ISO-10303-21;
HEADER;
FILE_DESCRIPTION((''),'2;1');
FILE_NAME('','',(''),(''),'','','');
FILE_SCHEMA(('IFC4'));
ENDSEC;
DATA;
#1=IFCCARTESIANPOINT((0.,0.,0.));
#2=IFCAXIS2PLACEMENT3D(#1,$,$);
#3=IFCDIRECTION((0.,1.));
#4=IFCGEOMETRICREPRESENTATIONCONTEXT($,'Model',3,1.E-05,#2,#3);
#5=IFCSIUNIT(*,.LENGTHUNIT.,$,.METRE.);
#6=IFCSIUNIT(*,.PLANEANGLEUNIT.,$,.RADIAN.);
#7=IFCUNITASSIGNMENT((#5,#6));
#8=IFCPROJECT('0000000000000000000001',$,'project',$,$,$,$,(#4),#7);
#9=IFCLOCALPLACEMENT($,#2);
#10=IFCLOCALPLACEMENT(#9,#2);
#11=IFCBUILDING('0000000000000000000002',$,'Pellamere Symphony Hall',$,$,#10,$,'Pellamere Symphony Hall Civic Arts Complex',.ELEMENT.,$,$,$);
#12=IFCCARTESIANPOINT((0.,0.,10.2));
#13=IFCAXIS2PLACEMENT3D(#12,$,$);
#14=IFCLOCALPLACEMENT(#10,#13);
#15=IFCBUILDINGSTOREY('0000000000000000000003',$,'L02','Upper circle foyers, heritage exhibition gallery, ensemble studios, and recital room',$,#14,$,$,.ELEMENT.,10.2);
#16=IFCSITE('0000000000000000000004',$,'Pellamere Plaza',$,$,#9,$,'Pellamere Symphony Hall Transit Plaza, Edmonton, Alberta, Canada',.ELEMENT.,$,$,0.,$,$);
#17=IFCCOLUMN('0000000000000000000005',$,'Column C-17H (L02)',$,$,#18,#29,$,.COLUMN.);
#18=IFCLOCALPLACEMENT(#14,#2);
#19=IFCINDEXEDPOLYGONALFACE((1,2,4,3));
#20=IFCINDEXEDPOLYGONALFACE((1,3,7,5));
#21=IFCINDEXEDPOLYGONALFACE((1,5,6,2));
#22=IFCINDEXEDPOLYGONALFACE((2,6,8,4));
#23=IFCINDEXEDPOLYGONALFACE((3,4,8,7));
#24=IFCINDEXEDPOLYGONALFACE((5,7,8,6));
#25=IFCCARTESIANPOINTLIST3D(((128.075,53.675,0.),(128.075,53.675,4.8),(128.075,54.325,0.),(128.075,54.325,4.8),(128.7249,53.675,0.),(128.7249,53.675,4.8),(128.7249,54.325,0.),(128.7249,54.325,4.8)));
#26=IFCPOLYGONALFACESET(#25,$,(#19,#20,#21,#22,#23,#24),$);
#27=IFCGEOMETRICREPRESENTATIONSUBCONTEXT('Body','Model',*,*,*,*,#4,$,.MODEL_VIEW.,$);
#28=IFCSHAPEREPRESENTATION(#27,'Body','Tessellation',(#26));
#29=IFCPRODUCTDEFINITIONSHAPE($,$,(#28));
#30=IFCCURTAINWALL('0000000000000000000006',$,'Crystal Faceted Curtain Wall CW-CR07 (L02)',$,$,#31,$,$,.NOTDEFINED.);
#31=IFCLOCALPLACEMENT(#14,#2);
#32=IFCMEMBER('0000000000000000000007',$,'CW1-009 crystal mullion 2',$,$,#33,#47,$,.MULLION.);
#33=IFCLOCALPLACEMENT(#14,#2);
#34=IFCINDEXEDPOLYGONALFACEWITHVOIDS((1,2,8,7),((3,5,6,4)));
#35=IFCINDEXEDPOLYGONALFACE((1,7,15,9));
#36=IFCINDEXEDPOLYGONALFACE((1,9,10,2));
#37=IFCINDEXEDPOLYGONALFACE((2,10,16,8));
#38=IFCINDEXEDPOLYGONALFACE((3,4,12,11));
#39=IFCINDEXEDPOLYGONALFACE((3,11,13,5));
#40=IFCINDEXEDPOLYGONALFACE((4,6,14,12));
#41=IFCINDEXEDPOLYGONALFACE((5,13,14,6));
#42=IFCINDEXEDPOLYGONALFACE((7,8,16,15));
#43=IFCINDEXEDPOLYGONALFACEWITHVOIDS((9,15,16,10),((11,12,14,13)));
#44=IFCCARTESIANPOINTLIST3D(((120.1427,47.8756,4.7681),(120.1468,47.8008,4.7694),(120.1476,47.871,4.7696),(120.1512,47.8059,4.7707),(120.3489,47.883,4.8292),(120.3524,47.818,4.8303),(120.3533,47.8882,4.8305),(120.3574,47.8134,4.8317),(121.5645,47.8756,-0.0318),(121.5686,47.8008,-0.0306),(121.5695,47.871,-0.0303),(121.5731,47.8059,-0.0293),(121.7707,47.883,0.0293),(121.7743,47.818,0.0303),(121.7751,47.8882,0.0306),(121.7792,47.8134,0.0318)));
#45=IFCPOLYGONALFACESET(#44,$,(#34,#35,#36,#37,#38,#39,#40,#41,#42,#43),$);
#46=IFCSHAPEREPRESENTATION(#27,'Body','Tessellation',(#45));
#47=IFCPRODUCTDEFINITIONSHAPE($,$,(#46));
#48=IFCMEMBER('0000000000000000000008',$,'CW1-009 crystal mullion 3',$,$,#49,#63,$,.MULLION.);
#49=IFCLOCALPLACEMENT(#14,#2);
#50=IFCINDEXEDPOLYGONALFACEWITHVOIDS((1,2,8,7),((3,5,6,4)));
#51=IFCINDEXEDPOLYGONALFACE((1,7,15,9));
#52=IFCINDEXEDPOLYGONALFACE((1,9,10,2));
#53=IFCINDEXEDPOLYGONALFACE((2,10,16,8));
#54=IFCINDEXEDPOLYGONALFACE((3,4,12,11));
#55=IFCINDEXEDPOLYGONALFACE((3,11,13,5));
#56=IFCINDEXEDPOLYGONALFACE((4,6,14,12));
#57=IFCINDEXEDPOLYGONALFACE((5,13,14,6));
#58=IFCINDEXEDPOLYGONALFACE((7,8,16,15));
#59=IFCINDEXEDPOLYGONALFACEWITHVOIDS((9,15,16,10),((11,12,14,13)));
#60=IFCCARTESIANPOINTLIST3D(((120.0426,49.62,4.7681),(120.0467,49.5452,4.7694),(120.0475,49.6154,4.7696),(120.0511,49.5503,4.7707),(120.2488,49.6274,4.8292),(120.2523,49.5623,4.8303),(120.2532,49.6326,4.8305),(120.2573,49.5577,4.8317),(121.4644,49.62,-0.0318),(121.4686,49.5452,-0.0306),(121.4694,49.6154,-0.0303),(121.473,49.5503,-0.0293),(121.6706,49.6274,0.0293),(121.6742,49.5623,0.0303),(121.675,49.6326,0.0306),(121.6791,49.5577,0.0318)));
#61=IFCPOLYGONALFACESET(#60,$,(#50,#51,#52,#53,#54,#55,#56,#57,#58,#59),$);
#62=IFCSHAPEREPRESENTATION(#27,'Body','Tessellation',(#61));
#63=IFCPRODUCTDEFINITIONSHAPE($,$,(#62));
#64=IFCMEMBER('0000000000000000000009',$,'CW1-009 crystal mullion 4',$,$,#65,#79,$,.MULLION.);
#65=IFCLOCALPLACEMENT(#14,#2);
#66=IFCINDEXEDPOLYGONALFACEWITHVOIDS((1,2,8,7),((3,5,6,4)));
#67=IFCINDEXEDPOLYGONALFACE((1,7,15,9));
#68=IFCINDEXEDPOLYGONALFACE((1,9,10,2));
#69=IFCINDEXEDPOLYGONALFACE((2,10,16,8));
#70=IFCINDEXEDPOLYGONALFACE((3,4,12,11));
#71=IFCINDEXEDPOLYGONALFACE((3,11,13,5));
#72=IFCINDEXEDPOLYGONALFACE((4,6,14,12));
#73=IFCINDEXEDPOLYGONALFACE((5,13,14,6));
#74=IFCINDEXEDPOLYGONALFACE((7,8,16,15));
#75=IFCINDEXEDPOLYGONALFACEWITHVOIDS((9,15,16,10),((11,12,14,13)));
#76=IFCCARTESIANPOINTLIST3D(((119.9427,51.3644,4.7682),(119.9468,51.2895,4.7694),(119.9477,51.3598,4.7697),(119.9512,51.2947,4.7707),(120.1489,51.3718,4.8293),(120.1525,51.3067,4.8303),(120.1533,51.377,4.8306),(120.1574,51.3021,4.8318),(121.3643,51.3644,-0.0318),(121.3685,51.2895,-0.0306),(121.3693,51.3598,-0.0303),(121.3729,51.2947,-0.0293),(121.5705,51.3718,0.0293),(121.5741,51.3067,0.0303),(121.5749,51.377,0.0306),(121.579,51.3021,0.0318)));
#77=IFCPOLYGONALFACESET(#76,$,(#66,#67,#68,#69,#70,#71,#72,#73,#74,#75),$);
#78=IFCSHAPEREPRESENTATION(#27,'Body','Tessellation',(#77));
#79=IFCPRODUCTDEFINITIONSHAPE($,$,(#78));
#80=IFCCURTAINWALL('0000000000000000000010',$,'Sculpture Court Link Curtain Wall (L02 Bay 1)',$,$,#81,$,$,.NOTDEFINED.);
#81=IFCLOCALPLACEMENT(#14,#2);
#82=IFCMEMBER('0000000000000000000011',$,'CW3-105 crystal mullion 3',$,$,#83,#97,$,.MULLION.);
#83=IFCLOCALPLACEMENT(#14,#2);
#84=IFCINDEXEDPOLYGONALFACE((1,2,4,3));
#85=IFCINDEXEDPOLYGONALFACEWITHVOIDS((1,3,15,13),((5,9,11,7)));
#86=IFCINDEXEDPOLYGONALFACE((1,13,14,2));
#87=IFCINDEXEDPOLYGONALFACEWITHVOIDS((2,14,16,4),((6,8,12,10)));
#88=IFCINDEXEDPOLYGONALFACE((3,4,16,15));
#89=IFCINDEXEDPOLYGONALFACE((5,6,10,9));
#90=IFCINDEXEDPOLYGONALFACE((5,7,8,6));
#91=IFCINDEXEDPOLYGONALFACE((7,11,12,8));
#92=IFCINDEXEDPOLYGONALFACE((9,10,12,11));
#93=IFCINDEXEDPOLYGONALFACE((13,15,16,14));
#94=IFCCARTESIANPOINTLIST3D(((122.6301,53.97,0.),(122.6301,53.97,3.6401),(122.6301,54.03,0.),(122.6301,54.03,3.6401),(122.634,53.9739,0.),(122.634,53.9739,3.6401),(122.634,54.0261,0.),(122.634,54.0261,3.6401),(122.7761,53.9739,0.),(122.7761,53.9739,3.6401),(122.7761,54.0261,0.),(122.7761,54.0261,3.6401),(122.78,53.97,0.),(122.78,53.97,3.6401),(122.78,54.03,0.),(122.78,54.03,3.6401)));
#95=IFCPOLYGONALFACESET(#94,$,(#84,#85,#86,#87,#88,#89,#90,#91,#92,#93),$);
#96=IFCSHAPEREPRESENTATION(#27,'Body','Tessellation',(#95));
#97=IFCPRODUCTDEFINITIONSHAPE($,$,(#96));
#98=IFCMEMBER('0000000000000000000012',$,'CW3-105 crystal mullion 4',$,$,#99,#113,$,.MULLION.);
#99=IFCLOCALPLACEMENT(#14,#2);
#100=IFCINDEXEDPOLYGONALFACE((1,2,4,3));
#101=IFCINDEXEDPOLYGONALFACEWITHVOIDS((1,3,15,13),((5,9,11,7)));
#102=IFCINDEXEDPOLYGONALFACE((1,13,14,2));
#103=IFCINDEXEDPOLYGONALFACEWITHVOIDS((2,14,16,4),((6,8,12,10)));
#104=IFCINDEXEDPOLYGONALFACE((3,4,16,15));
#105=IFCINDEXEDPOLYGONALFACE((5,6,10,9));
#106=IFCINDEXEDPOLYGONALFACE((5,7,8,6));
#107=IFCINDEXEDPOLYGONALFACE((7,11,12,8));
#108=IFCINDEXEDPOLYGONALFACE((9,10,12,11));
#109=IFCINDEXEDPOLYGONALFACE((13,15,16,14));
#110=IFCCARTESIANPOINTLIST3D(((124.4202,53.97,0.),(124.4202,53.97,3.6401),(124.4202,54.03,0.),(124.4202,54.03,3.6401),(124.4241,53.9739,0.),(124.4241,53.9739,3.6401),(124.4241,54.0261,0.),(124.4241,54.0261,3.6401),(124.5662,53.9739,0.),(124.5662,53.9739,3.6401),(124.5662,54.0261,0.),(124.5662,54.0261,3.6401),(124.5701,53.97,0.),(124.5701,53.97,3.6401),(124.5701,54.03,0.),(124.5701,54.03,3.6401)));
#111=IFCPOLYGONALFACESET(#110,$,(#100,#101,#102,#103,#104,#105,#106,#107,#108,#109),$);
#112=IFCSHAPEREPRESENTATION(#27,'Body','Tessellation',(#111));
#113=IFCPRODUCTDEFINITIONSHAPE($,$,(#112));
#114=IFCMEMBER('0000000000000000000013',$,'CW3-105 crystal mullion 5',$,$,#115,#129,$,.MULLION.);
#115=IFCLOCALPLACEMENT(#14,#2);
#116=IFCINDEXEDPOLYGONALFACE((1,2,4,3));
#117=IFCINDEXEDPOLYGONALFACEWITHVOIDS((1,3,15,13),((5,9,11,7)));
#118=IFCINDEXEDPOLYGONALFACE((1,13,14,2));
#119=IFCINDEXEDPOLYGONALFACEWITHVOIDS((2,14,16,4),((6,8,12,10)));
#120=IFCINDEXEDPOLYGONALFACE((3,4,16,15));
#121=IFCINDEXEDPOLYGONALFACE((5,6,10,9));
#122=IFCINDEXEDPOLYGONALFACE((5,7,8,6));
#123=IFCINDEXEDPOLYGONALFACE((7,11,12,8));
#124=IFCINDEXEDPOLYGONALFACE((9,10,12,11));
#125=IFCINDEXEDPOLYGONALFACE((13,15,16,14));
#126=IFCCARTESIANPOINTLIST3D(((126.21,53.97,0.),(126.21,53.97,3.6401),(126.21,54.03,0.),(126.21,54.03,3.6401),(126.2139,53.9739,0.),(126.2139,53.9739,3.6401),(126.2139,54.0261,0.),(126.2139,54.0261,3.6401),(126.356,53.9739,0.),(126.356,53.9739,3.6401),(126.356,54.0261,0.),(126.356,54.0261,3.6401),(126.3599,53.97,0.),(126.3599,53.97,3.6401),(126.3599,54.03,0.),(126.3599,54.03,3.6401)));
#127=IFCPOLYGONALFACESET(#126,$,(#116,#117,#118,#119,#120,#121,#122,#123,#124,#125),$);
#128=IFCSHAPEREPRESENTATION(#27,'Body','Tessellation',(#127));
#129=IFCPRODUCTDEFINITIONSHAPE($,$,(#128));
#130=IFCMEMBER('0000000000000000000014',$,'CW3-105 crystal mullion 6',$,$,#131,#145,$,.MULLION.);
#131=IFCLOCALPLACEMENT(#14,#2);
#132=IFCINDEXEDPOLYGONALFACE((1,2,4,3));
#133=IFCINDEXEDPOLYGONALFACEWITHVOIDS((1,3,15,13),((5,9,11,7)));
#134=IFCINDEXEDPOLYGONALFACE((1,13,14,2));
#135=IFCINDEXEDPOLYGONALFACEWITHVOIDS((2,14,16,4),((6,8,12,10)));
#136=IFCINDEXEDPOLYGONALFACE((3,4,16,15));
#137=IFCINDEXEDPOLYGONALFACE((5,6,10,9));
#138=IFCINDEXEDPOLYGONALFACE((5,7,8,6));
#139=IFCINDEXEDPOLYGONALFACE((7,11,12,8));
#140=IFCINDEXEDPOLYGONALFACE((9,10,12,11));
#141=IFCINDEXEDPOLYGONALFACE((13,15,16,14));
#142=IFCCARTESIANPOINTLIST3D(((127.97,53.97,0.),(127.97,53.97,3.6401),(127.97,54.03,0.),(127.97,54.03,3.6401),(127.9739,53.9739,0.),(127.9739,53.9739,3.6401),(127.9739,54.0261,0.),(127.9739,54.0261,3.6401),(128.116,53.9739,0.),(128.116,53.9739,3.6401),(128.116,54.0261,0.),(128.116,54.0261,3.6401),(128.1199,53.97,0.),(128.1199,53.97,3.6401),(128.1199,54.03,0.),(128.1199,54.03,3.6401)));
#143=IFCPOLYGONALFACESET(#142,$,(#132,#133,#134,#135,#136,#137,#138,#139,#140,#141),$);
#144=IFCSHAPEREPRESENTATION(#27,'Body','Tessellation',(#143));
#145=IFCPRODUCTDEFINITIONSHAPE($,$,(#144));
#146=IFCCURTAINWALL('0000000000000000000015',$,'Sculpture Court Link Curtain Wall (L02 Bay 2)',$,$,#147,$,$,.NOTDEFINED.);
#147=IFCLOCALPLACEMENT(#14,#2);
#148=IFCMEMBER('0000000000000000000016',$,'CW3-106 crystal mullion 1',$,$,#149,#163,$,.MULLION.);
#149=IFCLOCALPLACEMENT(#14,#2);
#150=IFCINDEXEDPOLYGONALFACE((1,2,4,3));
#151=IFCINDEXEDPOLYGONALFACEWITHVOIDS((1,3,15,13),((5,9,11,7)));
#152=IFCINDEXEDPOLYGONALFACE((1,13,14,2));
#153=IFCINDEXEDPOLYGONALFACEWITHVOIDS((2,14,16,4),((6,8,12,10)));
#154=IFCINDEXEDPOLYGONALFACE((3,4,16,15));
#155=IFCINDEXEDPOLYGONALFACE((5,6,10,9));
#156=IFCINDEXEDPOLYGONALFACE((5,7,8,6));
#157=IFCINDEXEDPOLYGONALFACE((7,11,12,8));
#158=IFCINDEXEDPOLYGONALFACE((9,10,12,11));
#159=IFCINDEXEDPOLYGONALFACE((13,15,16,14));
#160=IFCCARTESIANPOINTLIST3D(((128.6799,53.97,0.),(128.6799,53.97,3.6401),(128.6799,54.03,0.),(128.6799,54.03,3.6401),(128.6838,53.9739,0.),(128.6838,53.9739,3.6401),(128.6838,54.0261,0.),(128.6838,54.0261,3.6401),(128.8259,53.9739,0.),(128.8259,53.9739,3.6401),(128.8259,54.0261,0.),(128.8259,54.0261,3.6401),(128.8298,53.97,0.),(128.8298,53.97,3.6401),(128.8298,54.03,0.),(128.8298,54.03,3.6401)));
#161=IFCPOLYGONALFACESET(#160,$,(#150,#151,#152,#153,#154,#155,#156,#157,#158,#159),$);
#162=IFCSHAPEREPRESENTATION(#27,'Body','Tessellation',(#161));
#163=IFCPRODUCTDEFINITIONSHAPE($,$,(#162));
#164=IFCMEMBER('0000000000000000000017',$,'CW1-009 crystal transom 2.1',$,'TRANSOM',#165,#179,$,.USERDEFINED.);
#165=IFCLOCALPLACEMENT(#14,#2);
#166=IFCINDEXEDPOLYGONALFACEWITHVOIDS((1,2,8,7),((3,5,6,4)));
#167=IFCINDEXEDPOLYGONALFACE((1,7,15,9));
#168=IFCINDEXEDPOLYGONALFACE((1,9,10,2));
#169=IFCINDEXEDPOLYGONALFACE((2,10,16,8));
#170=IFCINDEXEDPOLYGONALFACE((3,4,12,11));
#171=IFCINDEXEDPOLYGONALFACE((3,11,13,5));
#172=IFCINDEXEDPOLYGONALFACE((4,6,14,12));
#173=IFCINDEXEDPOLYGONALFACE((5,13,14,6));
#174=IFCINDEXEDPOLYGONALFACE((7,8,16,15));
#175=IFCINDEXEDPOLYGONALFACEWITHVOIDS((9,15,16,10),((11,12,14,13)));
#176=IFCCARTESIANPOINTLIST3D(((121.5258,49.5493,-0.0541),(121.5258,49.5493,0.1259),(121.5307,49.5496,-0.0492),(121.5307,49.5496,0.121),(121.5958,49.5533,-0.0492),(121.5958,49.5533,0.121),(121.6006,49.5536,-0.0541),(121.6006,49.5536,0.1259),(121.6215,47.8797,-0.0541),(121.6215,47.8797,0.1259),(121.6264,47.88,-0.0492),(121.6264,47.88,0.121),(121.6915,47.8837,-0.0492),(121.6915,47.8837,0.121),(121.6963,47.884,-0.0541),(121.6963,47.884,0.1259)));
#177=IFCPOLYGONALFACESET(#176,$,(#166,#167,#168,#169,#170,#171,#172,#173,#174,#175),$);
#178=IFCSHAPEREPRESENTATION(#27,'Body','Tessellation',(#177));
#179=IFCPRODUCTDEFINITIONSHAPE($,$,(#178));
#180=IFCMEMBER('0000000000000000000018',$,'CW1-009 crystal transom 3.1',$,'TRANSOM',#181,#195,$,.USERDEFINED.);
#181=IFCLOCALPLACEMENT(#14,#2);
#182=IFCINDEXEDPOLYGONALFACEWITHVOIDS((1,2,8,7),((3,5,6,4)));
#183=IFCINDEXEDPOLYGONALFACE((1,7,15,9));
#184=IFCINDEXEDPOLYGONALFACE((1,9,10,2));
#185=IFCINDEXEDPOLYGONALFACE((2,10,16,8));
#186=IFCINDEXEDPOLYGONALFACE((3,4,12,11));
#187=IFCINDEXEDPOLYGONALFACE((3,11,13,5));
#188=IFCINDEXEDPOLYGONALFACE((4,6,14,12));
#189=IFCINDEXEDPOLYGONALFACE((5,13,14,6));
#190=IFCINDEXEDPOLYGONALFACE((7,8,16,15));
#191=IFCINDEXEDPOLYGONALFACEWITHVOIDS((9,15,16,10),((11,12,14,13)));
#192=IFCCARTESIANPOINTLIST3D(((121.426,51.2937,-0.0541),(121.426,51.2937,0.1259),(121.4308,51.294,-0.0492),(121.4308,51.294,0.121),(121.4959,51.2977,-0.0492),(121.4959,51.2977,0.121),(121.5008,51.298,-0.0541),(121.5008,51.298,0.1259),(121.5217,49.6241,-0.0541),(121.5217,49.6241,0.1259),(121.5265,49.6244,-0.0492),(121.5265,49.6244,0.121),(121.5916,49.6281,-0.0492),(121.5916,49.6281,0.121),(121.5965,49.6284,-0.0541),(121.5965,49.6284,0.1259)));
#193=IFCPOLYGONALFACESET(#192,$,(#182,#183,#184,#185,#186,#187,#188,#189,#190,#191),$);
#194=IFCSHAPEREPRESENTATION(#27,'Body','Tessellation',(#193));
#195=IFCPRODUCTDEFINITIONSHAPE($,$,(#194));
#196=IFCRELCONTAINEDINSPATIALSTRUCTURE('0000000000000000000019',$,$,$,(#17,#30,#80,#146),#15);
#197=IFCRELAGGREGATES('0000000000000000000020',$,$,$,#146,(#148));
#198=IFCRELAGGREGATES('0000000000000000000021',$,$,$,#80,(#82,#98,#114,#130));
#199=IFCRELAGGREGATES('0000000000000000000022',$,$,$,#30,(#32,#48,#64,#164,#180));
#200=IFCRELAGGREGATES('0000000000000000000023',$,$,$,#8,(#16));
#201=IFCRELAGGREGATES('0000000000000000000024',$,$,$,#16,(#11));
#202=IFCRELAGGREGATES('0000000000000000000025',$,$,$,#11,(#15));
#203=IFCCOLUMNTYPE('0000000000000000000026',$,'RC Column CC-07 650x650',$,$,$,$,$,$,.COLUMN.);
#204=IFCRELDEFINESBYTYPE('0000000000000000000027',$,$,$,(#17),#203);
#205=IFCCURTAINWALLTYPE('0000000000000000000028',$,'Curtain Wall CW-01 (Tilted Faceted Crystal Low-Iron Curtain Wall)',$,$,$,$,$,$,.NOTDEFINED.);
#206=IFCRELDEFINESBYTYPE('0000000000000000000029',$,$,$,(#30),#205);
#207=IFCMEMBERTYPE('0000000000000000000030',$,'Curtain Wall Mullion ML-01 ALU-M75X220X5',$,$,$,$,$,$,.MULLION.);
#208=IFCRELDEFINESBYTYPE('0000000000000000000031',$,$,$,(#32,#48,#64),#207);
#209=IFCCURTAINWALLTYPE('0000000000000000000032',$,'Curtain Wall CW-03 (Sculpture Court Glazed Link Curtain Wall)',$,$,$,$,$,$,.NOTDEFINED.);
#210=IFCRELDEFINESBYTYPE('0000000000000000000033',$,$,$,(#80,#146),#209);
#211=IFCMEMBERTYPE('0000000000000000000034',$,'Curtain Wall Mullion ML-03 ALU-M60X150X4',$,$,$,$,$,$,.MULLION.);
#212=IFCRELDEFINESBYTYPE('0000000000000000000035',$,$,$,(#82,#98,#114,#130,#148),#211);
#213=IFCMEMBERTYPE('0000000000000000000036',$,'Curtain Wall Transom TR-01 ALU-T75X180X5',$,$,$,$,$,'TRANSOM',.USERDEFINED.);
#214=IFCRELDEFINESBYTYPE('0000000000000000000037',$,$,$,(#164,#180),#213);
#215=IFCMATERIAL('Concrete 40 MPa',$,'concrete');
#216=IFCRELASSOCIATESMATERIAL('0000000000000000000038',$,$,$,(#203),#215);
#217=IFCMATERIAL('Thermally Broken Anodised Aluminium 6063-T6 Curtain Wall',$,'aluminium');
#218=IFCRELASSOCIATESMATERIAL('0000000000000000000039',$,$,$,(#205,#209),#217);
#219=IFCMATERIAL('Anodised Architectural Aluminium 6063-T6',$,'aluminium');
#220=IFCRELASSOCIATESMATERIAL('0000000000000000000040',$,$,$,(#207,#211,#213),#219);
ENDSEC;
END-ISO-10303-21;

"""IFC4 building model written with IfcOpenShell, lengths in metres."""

from ifc_helpers import new_model, si_unit, direction, frame, origin, origin_2d, place, context, subcontext, project, spatial, rectangle, hollow_rectangle, extrude, material, material_profile, profile_set, type_object, element, aggregate, save


model = new_model("IFC4")

# Units and contexts
model_context = context("Model", 3, precision=1e-05, world=origin(), true_north=direction((0.0, 1.0)))
body_context = subcontext(model_context, "Body", "Model", "MODEL_VIEW")
ifc_project = project(units=[si_unit("LENGTHUNIT", "METRE"), si_unit("PLANEANGLEUNIT", "RADIAN")], contexts=[model_context])

# Site, building, storey
site_placement = place(None, origin())
site = spatial("IfcSite", under=ifc_project, at=site_placement, Name="Pellamere Plaza", LongName="Pellamere Symphony Hall Transit Plaza, Edmonton, Alberta, Canada", CompositionType="ELEMENT", RefElevation=0.0)
building_placement = place(site_placement, origin())
building = spatial("IfcBuilding", under=site, at=building_placement, Name="Pellamere Symphony Hall", LongName="Pellamere Symphony Hall Civic Arts Complex", CompositionType="ELEMENT")
storey_placement = place(building_placement, frame((0.0, 0.0, 10.2)))
storey = spatial("IfcBuildingStorey", under=building, at=storey_placement, Name="L02", Description="Upper circle foyers, heritage exhibition gallery, ensemble studios, and recital room", CompositionType="ELEMENT", Elevation=10.2)

# Column
ifc_material_1 = material(Name="Concrete 40 MPa", Category="concrete")
ifc_material_profile_1 = material_profile(ifc_material_1, rectangle(XDim=0.6499, YDim=0.6499, at=origin_2d()), Name="RC 650x650")
ifc_profile_set_1 = profile_set([ifc_material_profile_1], Name="Concrete 40 MPa")
column_type = type_object("IfcColumnType", Name="RC Column CC-07 650x650", PredefinedType="COLUMN", material=ifc_profile_set_1)
column_placement = place(storey_placement, frame((128.3999, 54.0, 0.0), z_axis=(0.0, 0.0, 1.0), x_axis=(1.0, 0.0, 0.0)))
element("IfcColumn", 1, at=column_placement, inside=storey, type_object=column_type, Name="Column C-17H (L02)", PredefinedType="COLUMN", context=body_context, shape_type="SweptSolid", body=[
    extrude(rectangle(XDim=0.6499, YDim=0.6499, at=origin_2d()), origin(), (0.0, 0.0, 1.0), 4.8),
])

# Curtain walls, members
ifc_material_2 = material(Name="Thermally Broken Anodised Aluminium 6063-T6 Curtain Wall", Category="aluminium")
curtain_wall_type_1 = type_object("IfcCurtainWallType", Name="Curtain Wall CW-01 (Tilted Faceted Crystal Low-Iron Curtain Wall)", PredefinedType="NOTDEFINED", material=ifc_material_2)
curtain_wall_1_placement = place(storey_placement, origin())
curtain_wall_1 = element("IfcCurtainWall", 2, at=curtain_wall_1_placement, inside=storey, type_object=curtain_wall_type_1, Name="Crystal Faceted Curtain Wall CW-CR07 (L02)", PredefinedType="NOTDEFINED")
ifc_material_3 = material(Name="Anodised Architectural Aluminium 6063-T6", Category="aluminium")
ifc_material_profile_2 = material_profile(ifc_material_3, hollow_rectangle(XDim=0.075, YDim=0.22, WallThickness=0.0049, at=origin_2d()), Name="ALU-M75X220X5")
ifc_profile_set_2 = profile_set([ifc_material_profile_2], Name="Anodised Architectural Aluminium 6063-T6")
member_type_1 = type_object("IfcMemberType", Name="Curtain Wall Mullion ML-01 ALU-M75X220X5", PredefinedType="MULLION", material=ifc_profile_set_2)
member_1_placement = place(storey_placement, frame((121.6719, 47.8445, 0.0), z_axis=(-0.284022, 0.0, 0.958818), x_axis=(-0.054874, 0.998361, -0.016255)))
member_1 = element("IfcMember", 3, at=member_1_placement, type_object=member_type_1, Name="CW1-009 crystal mullion 2", PredefinedType="MULLION", context=body_context, shape_type="SweptSolid", body=[
    extrude(hollow_rectangle(XDim=0.075, YDim=0.22, WallThickness=0.0049, at=origin_2d()), origin(), (0.0, 0.0, 1.0), 5.0061),
])
member_2_placement = place(storey_placement, frame((121.5718, 49.5889, 0.0), z_axis=(-0.284022, 0.0, 0.958818), x_axis=(-0.054874, 0.998361, -0.016255)))
member_2 = element("IfcMember", 4, at=member_2_placement, type_object=member_type_1, Name="CW1-009 crystal mullion 3", PredefinedType="MULLION", context=body_context, shape_type="SweptSolid", body=[
    extrude(hollow_rectangle(XDim=0.075, YDim=0.22, WallThickness=0.0049, at=origin_2d()), origin(), (0.0, 0.0, 1.0), 5.0061),
])
member_3_placement = place(storey_placement, frame((121.4717, 51.3333, 0.0), z_axis=(-0.283977, 0.0, 0.958831), x_axis=(-0.054875, 0.998361, -0.016252)))
member_3 = element("IfcMember", 5, at=member_3_placement, type_object=member_type_1, Name="CW1-009 crystal mullion 4", PredefinedType="MULLION", context=body_context, shape_type="SweptSolid", body=[
    extrude(hollow_rectangle(XDim=0.075, YDim=0.22, WallThickness=0.0049, at=origin_2d()), origin(), (0.0, 0.0, 1.0), 5.0061),
])
curtain_wall_type_2 = type_object("IfcCurtainWallType", Name="Curtain Wall CW-03 (Sculpture Court Glazed Link Curtain Wall)", PredefinedType="NOTDEFINED", material=ifc_material_2)
curtain_wall_2_placement = place(storey_placement, origin())
curtain_wall_2 = element("IfcCurtainWall", 6, at=curtain_wall_2_placement, inside=storey, type_object=curtain_wall_type_2, Name="Sculpture Court Link Curtain Wall (L02 Bay 1)", PredefinedType="NOTDEFINED")
ifc_material_profile_3 = material_profile(ifc_material_3, hollow_rectangle(XDim=0.0601, YDim=0.1499, WallThickness=0.0039, at=origin_2d()), Name="ALU-M60X150X4")
ifc_profile_set_3 = profile_set([ifc_material_profile_3], Name="Anodised Architectural Aluminium 6063-T6")
member_type_2 = type_object("IfcMemberType", Name="Curtain Wall Mullion ML-03 ALU-M60X150X4", PredefinedType="MULLION", material=ifc_profile_set_3)
member_4_placement = place(storey_placement, frame((122.7051, 54.0, 0.0), z_axis=(0.0, 0.0, 1.0), x_axis=(0.0, 1.0, 0.0)))
member_4 = element("IfcMember", 7, at=member_4_placement, type_object=member_type_2, Name="CW3-105 crystal mullion 3", PredefinedType="MULLION", context=body_context, shape_type="SweptSolid", body=[
    extrude(hollow_rectangle(XDim=0.0601, YDim=0.1499, WallThickness=0.0039, at=origin_2d()), origin(), (0.0, 0.0, 1.0), 3.6401),
])
member_5_placement = place(storey_placement, frame((124.4951, 54.0, 0.0), z_axis=(0.0, 0.0, 1.0), x_axis=(0.0, 1.0, 0.0)))
member_5 = element("IfcMember", 8, at=member_5_placement, type_object=member_type_2, Name="CW3-105 crystal mullion 4", PredefinedType="MULLION", context=body_context, shape_type="SweptSolid", body=[
    extrude(hollow_rectangle(XDim=0.0601, YDim=0.1499, WallThickness=0.0039, at=origin_2d()), origin(), (0.0, 0.0, 1.0), 3.6401),
])
member_6_placement = place(storey_placement, frame((126.2849, 54.0, 0.0), z_axis=(0.0, 0.0, 1.0), x_axis=(0.0, 1.0, 0.0)))
member_6 = element("IfcMember", 9, at=member_6_placement, type_object=member_type_2, Name="CW3-105 crystal mullion 5", PredefinedType="MULLION", context=body_context, shape_type="SweptSolid", body=[
    extrude(hollow_rectangle(XDim=0.0601, YDim=0.1499, WallThickness=0.0039, at=origin_2d()), origin(), (0.0, 0.0, 1.0), 3.6401),
])
member_7_placement = place(storey_placement, frame((128.0449, 54.0, 0.0), z_axis=(0.0, 0.0, 1.0), x_axis=(0.0, 1.0, 0.0)))
member_7 = element("IfcMember", 10, at=member_7_placement, type_object=member_type_2, Name="CW3-105 crystal mullion 6", PredefinedType="MULLION", context=body_context, shape_type="SweptSolid", body=[
    extrude(hollow_rectangle(XDim=0.0601, YDim=0.1499, WallThickness=0.0039, at=origin_2d()), origin(), (0.0, 0.0, 1.0), 3.6401),
])

# Curtain wall, member
curtain_wall_3_placement = place(storey_placement, origin())
curtain_wall_3 = element("IfcCurtainWall", 11, at=curtain_wall_3_placement, inside=storey, type_object=curtain_wall_type_2, Name="Sculpture Court Link Curtain Wall (L02 Bay 2)", PredefinedType="NOTDEFINED")
member_8_placement = place(storey_placement, frame((128.7549, 54.0, 0.0), z_axis=(0.0, 0.0, 1.0), x_axis=(0.0, 1.0, 0.0)))
member_8 = element("IfcMember", 12, at=member_8_placement, type_object=member_type_2, Name="CW3-106 crystal mullion 1", PredefinedType="MULLION", context=body_context, shape_type="SweptSolid", body=[
    extrude(hollow_rectangle(XDim=0.0601, YDim=0.1499, WallThickness=0.0039, at=origin_2d()), origin(), (0.0, 0.0, 1.0), 3.6401),
])

# Members
ifc_material_profile_4 = material_profile(ifc_material_3, hollow_rectangle(XDim=0.075, YDim=0.1799, WallThickness=0.0049, at=origin_2d()), Name="ALU-T75X180X5")
ifc_profile_set_4 = profile_set([ifc_material_profile_4], Name="Anodised Architectural Aluminium 6063-T6")
member_type_3 = type_object("IfcMemberType", Name="Curtain Wall Transom TR-01 ALU-T75X180X5", ElementType="TRANSOM", PredefinedType="USERDEFINED", material=ifc_profile_set_4)
member_9_placement = place(storey_placement, frame((121.6589, 47.8818, 0.0359), z_axis=(-0.057224, 0.998361, 0.0), x_axis=(-0.998361, -0.057224, 0.0)))
member_9 = element("IfcMember", 13, at=member_9_placement, type_object=member_type_3, Name="CW1-009 crystal transom 2.1", ObjectType="TRANSOM", PredefinedType="USERDEFINED", context=body_context, shape_type="SweptSolid", body=[
    extrude(hollow_rectangle(XDim=0.075, YDim=0.1799, WallThickness=0.0049, at=origin_2d()), origin(), (0.0, 0.0, 1.0), 1.6724),
])
member_10_placement = place(storey_placement, frame((121.5591, 49.6262, 0.0359), z_axis=(-0.057224, 0.998361, 0.0), x_axis=(-0.998361, -0.057224, 0.0)))
member_10 = element("IfcMember", 14, at=member_10_placement, type_object=member_type_3, Name="CW1-009 crystal transom 3.1", ObjectType="TRANSOM", PredefinedType="USERDEFINED", context=body_context, shape_type="SweptSolid", body=[
    extrude(hollow_rectangle(XDim=0.075, YDim=0.1799, WallThickness=0.0049, at=origin_2d()), origin(), (0.0, 0.0, 1.0), 1.6724),
])
aggregate(curtain_wall_3, [member_8])

aggregate(curtain_wall_2, [member_4, member_5, member_6, member_7])
aggregate(curtain_wall_1, [member_1, member_2, member_3, member_9, member_10])

save(model, "model.ifc")
